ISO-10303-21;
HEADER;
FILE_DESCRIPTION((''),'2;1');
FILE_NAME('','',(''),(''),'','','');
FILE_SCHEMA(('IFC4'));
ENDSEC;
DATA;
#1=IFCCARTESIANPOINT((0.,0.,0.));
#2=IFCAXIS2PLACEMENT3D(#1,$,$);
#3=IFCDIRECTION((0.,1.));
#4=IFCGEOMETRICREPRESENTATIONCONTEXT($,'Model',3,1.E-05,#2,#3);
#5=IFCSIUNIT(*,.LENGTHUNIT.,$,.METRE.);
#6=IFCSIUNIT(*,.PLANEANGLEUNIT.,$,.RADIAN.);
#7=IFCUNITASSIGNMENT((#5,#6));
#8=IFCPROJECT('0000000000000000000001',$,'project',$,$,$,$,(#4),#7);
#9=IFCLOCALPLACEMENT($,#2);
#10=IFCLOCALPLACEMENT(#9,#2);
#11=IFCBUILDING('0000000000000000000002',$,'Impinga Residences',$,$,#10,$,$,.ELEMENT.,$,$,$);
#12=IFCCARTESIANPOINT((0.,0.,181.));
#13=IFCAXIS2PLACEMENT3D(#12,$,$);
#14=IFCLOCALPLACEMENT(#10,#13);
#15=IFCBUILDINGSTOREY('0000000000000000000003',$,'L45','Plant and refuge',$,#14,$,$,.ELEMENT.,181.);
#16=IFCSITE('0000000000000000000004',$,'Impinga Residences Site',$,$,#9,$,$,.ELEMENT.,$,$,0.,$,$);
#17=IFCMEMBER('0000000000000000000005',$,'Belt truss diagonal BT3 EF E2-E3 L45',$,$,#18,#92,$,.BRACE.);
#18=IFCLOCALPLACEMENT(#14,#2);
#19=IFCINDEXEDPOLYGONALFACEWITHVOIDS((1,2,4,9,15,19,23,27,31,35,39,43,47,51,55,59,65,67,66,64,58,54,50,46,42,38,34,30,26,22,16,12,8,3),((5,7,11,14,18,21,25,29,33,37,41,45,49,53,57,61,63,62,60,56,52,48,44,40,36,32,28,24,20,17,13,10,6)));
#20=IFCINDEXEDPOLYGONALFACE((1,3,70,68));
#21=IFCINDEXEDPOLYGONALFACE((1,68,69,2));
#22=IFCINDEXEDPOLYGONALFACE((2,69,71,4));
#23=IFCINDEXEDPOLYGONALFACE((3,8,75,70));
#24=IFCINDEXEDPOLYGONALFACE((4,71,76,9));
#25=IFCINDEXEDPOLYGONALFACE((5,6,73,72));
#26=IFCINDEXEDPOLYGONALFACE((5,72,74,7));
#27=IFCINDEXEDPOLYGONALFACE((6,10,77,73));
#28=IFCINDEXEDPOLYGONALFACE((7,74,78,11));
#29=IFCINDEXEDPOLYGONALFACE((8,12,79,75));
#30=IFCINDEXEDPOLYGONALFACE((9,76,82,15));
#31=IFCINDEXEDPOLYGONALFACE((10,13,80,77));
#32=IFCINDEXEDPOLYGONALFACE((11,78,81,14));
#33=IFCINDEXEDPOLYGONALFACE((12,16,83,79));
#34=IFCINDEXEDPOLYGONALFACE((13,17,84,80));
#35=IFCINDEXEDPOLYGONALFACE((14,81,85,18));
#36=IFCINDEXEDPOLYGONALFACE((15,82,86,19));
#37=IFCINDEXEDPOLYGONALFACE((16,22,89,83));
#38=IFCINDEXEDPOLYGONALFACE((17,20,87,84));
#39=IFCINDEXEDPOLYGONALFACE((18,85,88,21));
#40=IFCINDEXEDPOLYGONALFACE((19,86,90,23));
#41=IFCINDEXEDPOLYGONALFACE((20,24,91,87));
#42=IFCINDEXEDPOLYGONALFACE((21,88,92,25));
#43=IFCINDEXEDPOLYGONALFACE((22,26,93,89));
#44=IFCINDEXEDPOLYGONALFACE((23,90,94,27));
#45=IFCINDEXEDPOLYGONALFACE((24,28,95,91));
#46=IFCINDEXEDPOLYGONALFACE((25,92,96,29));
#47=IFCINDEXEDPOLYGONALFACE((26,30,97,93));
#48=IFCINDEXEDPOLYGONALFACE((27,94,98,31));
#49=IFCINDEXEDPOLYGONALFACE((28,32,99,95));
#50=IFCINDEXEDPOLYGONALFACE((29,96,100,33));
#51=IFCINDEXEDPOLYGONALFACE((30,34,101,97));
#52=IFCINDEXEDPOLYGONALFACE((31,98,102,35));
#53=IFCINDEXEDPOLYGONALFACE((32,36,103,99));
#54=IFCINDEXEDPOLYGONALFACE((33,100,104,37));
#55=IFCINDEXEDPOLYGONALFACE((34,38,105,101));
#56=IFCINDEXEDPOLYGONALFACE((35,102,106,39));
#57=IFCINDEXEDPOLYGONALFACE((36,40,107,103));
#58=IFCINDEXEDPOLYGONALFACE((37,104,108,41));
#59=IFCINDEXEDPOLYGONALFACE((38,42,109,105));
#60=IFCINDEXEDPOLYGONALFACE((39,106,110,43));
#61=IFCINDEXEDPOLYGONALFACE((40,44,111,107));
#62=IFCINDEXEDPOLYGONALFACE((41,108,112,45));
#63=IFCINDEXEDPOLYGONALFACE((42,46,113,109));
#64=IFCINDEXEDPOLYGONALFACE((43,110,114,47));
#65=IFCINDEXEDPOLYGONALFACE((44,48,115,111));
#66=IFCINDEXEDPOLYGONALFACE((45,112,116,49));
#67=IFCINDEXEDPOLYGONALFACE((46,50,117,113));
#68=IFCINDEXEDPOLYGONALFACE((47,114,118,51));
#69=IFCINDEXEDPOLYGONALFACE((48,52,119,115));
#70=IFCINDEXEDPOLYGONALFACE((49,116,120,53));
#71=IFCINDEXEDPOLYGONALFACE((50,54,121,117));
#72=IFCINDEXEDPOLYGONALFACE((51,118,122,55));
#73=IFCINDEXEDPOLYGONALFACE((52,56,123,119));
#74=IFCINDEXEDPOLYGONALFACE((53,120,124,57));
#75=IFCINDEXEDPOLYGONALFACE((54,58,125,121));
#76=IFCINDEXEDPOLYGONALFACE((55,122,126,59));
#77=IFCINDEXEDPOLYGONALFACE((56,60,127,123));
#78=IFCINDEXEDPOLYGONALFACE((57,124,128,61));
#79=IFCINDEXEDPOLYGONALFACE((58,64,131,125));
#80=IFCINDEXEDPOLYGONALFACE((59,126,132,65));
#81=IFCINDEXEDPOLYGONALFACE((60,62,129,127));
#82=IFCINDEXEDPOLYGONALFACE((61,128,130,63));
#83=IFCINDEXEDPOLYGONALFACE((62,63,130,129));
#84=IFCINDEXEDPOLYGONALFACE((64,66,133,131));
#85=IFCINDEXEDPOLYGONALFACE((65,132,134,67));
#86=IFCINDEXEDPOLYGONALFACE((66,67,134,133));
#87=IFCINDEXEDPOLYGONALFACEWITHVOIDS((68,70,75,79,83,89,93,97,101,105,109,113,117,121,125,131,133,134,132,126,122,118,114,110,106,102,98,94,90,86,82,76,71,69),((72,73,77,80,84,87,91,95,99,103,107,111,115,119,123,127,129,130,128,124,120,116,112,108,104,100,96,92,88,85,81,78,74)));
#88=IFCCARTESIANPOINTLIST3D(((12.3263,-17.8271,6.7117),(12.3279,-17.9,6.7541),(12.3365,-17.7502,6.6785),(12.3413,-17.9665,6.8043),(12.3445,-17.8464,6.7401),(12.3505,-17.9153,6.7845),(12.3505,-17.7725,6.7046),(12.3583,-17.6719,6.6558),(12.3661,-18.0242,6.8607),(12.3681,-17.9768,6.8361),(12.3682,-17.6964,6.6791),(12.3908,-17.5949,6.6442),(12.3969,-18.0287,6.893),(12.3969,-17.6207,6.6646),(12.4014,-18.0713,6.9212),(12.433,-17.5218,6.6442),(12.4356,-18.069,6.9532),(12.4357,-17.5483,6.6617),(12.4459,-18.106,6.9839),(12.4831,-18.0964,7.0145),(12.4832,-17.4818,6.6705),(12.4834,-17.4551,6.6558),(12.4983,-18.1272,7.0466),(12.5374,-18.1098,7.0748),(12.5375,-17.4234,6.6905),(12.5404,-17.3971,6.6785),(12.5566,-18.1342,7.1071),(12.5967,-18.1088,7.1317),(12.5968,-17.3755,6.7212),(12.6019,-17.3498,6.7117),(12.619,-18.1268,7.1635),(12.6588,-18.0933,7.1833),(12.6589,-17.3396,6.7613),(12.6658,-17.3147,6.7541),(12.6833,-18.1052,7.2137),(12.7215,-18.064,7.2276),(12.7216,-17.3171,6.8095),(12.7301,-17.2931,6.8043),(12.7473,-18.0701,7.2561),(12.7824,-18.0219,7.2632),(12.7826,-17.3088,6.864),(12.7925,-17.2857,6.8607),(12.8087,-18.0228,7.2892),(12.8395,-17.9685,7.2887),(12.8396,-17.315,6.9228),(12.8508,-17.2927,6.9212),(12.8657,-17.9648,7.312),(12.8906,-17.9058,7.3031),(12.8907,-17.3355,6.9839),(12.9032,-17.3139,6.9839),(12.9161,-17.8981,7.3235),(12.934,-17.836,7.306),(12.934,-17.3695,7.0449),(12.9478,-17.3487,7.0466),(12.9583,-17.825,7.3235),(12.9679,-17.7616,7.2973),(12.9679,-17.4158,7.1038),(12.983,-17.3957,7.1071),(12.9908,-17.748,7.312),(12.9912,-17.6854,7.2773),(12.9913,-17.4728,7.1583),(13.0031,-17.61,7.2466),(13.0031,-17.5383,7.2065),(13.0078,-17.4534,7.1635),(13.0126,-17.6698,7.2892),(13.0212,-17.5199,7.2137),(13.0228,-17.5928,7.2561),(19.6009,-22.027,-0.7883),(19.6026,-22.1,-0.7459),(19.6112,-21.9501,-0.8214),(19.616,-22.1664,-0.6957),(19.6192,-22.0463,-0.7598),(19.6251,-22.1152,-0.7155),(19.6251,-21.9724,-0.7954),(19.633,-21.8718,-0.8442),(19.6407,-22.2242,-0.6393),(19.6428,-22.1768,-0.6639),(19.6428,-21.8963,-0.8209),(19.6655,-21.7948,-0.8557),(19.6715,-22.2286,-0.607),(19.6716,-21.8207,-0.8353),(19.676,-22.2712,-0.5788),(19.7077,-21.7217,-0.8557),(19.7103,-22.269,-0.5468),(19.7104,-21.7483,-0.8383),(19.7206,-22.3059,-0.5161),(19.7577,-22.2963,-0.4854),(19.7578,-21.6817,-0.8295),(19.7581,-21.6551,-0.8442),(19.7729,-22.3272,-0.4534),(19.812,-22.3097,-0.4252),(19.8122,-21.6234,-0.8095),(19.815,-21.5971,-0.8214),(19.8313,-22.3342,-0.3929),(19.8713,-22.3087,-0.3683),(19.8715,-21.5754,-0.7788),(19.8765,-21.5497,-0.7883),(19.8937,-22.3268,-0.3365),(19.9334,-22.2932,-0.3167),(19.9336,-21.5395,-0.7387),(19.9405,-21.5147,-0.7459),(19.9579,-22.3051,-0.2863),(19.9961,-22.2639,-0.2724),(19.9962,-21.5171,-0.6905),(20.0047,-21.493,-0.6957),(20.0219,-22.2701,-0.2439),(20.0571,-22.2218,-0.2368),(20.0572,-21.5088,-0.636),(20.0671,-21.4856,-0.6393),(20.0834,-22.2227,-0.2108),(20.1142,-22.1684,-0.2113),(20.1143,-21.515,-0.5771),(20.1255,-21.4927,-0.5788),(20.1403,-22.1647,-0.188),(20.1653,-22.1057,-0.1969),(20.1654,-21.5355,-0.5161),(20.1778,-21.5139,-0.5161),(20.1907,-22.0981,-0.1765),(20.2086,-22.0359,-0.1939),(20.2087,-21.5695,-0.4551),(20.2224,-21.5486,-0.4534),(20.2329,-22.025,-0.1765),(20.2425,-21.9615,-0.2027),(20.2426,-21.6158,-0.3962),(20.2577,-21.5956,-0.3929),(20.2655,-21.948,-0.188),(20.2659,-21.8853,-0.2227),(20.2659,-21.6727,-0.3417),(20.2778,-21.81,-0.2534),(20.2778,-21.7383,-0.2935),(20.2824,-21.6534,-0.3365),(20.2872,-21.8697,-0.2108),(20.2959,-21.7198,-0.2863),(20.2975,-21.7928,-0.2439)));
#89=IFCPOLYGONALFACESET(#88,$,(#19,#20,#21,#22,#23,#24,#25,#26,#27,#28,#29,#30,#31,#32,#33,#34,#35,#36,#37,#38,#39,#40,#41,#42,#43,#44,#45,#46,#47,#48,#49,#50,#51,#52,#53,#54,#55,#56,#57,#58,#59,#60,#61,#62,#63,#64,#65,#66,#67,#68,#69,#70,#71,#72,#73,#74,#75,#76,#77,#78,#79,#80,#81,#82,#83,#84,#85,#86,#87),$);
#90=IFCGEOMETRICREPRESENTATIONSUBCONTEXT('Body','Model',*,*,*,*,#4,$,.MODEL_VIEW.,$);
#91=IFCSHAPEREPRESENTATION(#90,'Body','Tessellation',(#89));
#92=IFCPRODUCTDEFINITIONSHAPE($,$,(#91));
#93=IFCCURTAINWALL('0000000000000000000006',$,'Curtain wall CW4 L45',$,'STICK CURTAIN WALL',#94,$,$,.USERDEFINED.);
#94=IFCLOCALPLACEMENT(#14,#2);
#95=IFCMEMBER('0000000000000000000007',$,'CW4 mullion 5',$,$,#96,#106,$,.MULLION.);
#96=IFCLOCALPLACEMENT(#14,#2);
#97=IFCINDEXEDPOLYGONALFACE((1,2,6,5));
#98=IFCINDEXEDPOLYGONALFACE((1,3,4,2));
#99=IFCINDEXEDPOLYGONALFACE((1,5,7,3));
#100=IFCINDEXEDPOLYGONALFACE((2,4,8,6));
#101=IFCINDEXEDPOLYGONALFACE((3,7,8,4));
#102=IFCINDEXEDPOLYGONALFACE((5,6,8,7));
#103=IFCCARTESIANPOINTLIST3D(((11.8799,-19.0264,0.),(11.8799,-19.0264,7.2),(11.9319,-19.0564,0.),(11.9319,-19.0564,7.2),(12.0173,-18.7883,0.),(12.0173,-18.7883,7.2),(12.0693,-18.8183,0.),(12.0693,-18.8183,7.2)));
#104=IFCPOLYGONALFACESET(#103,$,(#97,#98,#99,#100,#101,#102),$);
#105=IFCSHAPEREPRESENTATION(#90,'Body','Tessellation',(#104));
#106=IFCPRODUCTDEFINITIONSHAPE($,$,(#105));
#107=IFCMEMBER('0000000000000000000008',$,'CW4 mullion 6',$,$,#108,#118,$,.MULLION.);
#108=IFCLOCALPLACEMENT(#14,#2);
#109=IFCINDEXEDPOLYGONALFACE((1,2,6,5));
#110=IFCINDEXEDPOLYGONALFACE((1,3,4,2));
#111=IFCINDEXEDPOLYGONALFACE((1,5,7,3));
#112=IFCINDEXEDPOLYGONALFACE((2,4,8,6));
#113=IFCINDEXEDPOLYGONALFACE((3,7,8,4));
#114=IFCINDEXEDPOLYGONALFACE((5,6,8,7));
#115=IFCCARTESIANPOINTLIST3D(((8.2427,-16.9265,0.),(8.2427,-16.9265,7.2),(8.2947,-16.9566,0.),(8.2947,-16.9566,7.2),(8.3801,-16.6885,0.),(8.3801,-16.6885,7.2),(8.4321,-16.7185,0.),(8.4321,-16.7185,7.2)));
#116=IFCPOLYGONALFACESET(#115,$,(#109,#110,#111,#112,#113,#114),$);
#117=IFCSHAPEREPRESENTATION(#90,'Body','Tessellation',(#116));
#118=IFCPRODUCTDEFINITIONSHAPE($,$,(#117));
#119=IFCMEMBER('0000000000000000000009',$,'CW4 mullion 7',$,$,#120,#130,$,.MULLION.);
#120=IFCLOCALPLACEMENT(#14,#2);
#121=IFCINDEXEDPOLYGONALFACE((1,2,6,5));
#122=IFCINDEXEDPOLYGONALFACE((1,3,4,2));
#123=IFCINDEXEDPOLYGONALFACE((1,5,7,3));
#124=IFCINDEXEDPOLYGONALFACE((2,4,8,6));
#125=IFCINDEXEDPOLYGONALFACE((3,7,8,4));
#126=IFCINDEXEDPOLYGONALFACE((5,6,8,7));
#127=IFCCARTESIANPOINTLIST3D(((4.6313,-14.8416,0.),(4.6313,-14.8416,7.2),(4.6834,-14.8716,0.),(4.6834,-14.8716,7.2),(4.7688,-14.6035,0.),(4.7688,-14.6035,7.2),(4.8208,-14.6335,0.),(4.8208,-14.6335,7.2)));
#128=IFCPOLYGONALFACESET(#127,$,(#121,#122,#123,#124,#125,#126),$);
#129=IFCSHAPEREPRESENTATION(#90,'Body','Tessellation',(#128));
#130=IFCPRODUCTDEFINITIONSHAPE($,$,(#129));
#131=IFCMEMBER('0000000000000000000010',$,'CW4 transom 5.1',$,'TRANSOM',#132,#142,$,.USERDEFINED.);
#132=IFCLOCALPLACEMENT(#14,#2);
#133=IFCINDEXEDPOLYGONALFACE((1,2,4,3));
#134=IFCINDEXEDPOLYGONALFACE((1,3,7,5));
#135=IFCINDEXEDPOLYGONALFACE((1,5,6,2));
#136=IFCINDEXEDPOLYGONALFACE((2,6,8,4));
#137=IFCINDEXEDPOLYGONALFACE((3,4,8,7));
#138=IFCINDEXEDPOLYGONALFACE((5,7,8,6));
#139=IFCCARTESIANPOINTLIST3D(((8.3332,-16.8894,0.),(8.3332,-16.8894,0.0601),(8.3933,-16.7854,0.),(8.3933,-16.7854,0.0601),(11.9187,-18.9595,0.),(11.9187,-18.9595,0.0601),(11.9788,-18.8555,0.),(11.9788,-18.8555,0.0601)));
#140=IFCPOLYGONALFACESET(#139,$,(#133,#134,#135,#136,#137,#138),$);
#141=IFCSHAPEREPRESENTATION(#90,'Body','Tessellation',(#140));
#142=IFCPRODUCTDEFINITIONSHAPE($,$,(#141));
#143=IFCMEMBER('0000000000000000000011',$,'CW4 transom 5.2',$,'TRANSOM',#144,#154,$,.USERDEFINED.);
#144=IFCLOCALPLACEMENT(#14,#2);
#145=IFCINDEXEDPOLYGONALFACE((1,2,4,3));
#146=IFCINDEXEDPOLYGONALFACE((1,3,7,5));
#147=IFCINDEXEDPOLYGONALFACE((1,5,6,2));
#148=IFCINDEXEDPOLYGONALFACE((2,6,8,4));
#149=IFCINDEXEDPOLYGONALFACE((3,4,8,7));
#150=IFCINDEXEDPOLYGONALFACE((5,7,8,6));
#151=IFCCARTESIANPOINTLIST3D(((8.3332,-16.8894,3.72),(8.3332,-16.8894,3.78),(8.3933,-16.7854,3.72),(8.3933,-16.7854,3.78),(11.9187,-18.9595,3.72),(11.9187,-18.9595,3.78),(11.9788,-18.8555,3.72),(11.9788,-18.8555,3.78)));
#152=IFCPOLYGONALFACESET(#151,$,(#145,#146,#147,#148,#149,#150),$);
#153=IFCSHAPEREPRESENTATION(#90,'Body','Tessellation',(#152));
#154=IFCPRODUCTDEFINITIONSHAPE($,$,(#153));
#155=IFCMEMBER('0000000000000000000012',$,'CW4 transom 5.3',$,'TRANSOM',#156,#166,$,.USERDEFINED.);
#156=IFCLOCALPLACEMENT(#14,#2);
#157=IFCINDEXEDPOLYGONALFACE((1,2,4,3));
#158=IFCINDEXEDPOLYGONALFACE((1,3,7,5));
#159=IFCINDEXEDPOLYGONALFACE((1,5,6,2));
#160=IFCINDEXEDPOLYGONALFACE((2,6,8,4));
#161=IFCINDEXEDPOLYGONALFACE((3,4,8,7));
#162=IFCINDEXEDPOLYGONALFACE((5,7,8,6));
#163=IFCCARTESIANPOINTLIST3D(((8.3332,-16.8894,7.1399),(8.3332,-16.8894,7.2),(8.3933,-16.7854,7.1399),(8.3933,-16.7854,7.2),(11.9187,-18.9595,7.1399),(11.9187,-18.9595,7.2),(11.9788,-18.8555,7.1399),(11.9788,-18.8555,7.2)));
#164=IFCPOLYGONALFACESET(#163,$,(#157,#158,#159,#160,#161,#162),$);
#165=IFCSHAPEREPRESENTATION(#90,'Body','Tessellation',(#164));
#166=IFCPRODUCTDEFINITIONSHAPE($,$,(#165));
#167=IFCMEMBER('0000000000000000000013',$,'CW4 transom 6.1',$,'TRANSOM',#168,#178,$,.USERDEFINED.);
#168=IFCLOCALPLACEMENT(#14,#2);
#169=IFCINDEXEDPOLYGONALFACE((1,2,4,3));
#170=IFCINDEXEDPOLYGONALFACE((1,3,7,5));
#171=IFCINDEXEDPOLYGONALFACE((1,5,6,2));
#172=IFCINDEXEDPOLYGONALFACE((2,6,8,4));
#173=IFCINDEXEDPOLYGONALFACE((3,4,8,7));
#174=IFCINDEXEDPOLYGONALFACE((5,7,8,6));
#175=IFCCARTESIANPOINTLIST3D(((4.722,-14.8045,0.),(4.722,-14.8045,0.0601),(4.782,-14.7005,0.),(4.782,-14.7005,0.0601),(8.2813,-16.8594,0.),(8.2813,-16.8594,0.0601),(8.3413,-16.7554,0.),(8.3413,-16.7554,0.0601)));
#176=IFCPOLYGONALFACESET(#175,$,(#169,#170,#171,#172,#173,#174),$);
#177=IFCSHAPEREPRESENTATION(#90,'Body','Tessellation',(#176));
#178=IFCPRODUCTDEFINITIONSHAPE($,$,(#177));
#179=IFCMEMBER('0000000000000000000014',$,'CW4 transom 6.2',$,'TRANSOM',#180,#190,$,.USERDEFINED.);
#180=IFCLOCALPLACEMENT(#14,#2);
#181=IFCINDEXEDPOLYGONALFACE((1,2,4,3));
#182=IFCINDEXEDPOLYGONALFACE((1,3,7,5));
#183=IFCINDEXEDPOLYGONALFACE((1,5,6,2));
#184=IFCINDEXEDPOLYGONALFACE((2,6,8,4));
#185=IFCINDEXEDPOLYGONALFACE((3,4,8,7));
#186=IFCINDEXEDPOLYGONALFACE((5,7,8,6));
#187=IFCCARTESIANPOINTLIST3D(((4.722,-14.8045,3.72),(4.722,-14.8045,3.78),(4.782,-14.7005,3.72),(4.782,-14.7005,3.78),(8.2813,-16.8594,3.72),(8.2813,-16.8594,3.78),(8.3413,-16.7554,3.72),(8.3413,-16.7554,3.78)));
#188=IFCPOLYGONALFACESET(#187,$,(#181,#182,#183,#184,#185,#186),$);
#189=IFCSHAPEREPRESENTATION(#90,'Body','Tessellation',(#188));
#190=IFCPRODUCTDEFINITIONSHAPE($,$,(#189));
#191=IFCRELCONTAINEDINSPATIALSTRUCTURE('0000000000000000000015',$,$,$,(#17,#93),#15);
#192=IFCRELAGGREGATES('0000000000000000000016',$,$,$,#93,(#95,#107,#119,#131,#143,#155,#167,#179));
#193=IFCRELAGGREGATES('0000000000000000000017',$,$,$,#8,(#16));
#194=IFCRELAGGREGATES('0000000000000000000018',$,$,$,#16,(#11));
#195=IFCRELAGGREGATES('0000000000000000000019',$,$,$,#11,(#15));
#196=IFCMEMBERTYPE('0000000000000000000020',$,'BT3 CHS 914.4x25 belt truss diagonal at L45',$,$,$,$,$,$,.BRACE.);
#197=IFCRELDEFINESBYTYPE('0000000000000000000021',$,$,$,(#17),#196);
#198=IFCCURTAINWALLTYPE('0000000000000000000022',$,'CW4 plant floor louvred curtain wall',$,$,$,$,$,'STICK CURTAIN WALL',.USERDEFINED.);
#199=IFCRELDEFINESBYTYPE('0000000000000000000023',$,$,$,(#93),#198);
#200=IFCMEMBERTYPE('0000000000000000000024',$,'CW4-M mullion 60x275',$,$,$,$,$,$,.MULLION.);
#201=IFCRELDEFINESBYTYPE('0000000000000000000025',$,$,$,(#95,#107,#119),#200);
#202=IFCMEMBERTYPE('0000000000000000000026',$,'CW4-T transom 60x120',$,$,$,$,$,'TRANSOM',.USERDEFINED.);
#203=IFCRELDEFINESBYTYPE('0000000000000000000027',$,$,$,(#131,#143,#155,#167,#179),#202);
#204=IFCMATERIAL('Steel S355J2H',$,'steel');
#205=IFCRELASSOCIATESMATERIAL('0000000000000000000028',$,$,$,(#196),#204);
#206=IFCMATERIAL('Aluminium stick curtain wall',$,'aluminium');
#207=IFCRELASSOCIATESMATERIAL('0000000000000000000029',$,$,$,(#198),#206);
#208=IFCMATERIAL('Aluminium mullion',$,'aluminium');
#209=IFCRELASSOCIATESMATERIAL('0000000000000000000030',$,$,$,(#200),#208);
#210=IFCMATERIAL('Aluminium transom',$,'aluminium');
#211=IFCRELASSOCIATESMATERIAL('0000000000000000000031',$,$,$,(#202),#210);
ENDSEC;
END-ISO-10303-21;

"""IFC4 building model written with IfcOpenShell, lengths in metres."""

from ifc_helpers import new_model, si_unit, direction, frame, origin, origin_2d, place, context, subcontext, project, spatial, rectangle, hollow_circle, extrude, material, material_profile, profile_set, type_object, element, aggregate, save


model = new_model("IFC4")

# Units and contexts
model_context = context("Model", 3, precision=1e-05, world=origin(), true_north=direction((0.0, 1.0)))
body_context = subcontext(model_context, "Body", "Model", "MODEL_VIEW")
ifc_project = project(units=[si_unit("LENGTHUNIT", "METRE"), si_unit("PLANEANGLEUNIT", "RADIAN")], contexts=[model_context])

# Site, building, storey
site_placement = place(None, origin())
site = spatial("IfcSite", under=ifc_project, at=site_placement, Name="Impinga Residences Site", CompositionType="ELEMENT", RefElevation=0.0)
building_placement = place(site_placement, origin())
building = spatial("IfcBuilding", under=site, at=building_placement, Name="Impinga Residences", CompositionType="ELEMENT")
storey_placement = place(building_placement, frame((0.0, 0.0, 181.0)))
storey = spatial("IfcBuildingStorey", under=building, at=storey_placement, Name="L45", Description="Plant and refuge", CompositionType="ELEMENT", Elevation=181.0)

# Member
ifc_material_1 = material(Name="Steel S355J2H", Category="steel")
ifc_material_profile_1 = material_profile(ifc_material_1, hollow_circle(Radius=0.4573, WallThickness=0.0249, at=origin_2d()), Name="CHS 914.4x25")
ifc_profile_set_1 = profile_set([ifc_material_profile_1], Name="Steel S355J2H")
member_type_1 = type_object("IfcMemberType", Name="BT3 CHS 914.4x25 belt truss diagonal at L45", PredefinedType="BRACE", material=ifc_profile_set_1)
member_1_placement = place(storey_placement, frame((12.6746, -17.71, 6.9839), z_axis=(0.646004, -0.372964, -0.666015), x_axis=(0.499993, 0.866029, 0.0)))
element("IfcMember", 1, at=member_1_placement, inside=storey, type_object=member_type_1, Name="Belt truss diagonal BT3 EF E2-E3 L45", PredefinedType="BRACE", context=body_context, shape_type="SweptSolid", body=[
    extrude(hollow_circle(Radius=0.4573, WallThickness=0.0249, at=origin_2d()), origin(), (0.0, 0.0, 1.0), 11.261),
])

# Curtain wall, members
ifc_material_2 = material(Name="Aluminium stick curtain wall", Category="aluminium")
curtain_wall_type = type_object("IfcCurtainWallType", Name="CW4 plant floor louvred curtain wall", ElementType="STICK CURTAIN WALL", PredefinedType="USERDEFINED", material=ifc_material_2)
curtain_wall_placement = place(storey_placement, origin())
curtain_wall = element("IfcCurtainWall", 2, at=curtain_wall_placement, inside=storey, type_object=curtain_wall_type, Name="Curtain wall CW4 L45", ObjectType="STICK CURTAIN WALL", PredefinedType="USERDEFINED")
ifc_material_3 = material(Name="Aluminium mullion", Category="aluminium")
ifc_material_profile_2 = material_profile(ifc_material_3, rectangle(XDim=0.0601, YDim=0.2749, at=origin_2d()), Name="60x275 mullion")
ifc_profile_set_2 = profile_set([ifc_material_profile_2], Name="Aluminium mullion")
member_type_2 = type_object("IfcMemberType", Name="CW4-M mullion 60x275", PredefinedType="MULLION", material=ifc_profile_set_2)
member_2_placement = place(storey_placement, frame((11.9746, -18.9224, 0.0), z_axis=(0.0, 0.0, 1.0), x_axis=(-0.866025, 0.5, 0.0)))
member_2 = element("IfcMember", 3, at=member_2_placement, type_object=member_type_2, Name="CW4 mullion 5", PredefinedType="MULLION", context=body_context, shape_type="SweptSolid", body=[
    extrude(rectangle(XDim=0.0601, YDim=0.2749, at=origin_2d()), origin(), (0.0, 0.0, 1.0), 7.2),
])
member_3_placement = place(storey_placement, frame((8.3374, -16.8225, 0.0), z_axis=(0.0, 0.0, 1.0), x_axis=(-0.866025, 0.5, 0.0)))
member_3 = element("IfcMember", 4, at=member_3_placement, type_object=member_type_2, Name="CW4 mullion 6", PredefinedType="MULLION", context=body_context, shape_type="SweptSolid", body=[
    extrude(rectangle(XDim=0.0601, YDim=0.2749, at=origin_2d()), origin(), (0.0, 0.0, 1.0), 7.2),
])
member_4_placement = place(storey_placement, frame((4.7261, -14.7375, 0.0), z_axis=(0.0, 0.0, 1.0), x_axis=(-0.866025, 0.5, 0.0)))
member_4 = element("IfcMember", 5, at=member_4_placement, type_object=member_type_2, Name="CW4 mullion 7", PredefinedType="MULLION", context=body_context, shape_type="SweptSolid", body=[
    extrude(rectangle(XDim=0.0601, YDim=0.2749, at=origin_2d()), origin(), (0.0, 0.0, 1.0), 7.2),
])
ifc_material_4 = material(Name="Aluminium transom", Category="aluminium")
ifc_material_profile_3 = material_profile(ifc_material_4, rectangle(XDim=0.0601, YDim=0.1201, at=origin_2d()), Name="60x120 transom")
ifc_profile_set_3 = profile_set([ifc_material_profile_3], Name="Aluminium transom")
member_type_3 = type_object("IfcMemberType", Name="CW4-T transom 60x120", ElementType="TRANSOM", PredefinedType="USERDEFINED", material=ifc_profile_set_3)
member_5_placement = place(storey_placement, frame((11.9487, -18.9075, 0.03), z_axis=(-0.866025, 0.500002, 0.0), x_axis=(0.0, 0.0, 1.0)))
member_5 = element("IfcMember", 6, at=member_5_placement, type_object=member_type_3, Name="CW4 transom 5.1", ObjectType="TRANSOM", PredefinedType="USERDEFINED", context=body_context, shape_type="SweptSolid", body=[
    extrude(rectangle(XDim=0.0601, YDim=0.1201, at=origin_2d()), origin(), (0.0, 0.0, 1.0), 4.1401),
])
member_6_placement = place(storey_placement, frame((11.9487, -18.9075, 3.75), z_axis=(-0.866025, 0.500002, 0.0), x_axis=(0.0, 0.0, 1.0)))
member_6 = element("IfcMember", 7, at=member_6_placement, type_object=member_type_3, Name="CW4 transom 5.2", ObjectType="TRANSOM", PredefinedType="USERDEFINED", context=body_context, shape_type="SweptSolid", body=[
    extrude(rectangle(XDim=0.0601, YDim=0.1201, at=origin_2d()), origin(), (0.0, 0.0, 1.0), 4.1401),
])
member_7_placement = place(storey_placement, frame((11.9487, -18.9075, 7.1699), z_axis=(-0.866025, 0.500002, 0.0), x_axis=(0.0, 0.0, 1.0)))
member_7 = element("IfcMember", 8, at=member_7_placement, type_object=member_type_3, Name="CW4 transom 5.3", ObjectType="TRANSOM", PredefinedType="USERDEFINED", context=body_context, shape_type="SweptSolid", body=[
    extrude(rectangle(XDim=0.0601, YDim=0.1201, at=origin_2d()), origin(), (0.0, 0.0, 1.0), 4.1401),
])
member_8_placement = place(storey_placement, frame((8.3113, -16.8074, 0.03), z_axis=(-0.86603, 0.499992, 0.0), x_axis=(0.0, 0.0, 1.0)))
member_8 = element("IfcMember", 9, at=member_8_placement, type_object=member_type_3, Name="CW4 transom 6.1", ObjectType="TRANSOM", PredefinedType="USERDEFINED", context=body_context, shape_type="SweptSolid", body=[
    extrude(rectangle(XDim=0.0601, YDim=0.1201, at=origin_2d()), origin(), (0.0, 0.0, 1.0), 4.1099),
])
member_9_placement = place(storey_placement, frame((8.3113, -16.8074, 3.75), z_axis=(-0.86603, 0.499992, 0.0), x_axis=(0.0, 0.0, 1.0)))
member_9 = element("IfcMember", 10, at=member_9_placement, type_object=member_type_3, Name="CW4 transom 6.2", ObjectType="TRANSOM", PredefinedType="USERDEFINED", context=body_context, shape_type="SweptSolid", body=[
    extrude(rectangle(XDim=0.0601, YDim=0.1201, at=origin_2d()), origin(), (0.0, 0.0, 1.0), 4.1099),
])
aggregate(curtain_wall, [member_2, member_3, member_4, member_5, member_6, member_7, member_8, member_9])

save(model, "model.ifc")
